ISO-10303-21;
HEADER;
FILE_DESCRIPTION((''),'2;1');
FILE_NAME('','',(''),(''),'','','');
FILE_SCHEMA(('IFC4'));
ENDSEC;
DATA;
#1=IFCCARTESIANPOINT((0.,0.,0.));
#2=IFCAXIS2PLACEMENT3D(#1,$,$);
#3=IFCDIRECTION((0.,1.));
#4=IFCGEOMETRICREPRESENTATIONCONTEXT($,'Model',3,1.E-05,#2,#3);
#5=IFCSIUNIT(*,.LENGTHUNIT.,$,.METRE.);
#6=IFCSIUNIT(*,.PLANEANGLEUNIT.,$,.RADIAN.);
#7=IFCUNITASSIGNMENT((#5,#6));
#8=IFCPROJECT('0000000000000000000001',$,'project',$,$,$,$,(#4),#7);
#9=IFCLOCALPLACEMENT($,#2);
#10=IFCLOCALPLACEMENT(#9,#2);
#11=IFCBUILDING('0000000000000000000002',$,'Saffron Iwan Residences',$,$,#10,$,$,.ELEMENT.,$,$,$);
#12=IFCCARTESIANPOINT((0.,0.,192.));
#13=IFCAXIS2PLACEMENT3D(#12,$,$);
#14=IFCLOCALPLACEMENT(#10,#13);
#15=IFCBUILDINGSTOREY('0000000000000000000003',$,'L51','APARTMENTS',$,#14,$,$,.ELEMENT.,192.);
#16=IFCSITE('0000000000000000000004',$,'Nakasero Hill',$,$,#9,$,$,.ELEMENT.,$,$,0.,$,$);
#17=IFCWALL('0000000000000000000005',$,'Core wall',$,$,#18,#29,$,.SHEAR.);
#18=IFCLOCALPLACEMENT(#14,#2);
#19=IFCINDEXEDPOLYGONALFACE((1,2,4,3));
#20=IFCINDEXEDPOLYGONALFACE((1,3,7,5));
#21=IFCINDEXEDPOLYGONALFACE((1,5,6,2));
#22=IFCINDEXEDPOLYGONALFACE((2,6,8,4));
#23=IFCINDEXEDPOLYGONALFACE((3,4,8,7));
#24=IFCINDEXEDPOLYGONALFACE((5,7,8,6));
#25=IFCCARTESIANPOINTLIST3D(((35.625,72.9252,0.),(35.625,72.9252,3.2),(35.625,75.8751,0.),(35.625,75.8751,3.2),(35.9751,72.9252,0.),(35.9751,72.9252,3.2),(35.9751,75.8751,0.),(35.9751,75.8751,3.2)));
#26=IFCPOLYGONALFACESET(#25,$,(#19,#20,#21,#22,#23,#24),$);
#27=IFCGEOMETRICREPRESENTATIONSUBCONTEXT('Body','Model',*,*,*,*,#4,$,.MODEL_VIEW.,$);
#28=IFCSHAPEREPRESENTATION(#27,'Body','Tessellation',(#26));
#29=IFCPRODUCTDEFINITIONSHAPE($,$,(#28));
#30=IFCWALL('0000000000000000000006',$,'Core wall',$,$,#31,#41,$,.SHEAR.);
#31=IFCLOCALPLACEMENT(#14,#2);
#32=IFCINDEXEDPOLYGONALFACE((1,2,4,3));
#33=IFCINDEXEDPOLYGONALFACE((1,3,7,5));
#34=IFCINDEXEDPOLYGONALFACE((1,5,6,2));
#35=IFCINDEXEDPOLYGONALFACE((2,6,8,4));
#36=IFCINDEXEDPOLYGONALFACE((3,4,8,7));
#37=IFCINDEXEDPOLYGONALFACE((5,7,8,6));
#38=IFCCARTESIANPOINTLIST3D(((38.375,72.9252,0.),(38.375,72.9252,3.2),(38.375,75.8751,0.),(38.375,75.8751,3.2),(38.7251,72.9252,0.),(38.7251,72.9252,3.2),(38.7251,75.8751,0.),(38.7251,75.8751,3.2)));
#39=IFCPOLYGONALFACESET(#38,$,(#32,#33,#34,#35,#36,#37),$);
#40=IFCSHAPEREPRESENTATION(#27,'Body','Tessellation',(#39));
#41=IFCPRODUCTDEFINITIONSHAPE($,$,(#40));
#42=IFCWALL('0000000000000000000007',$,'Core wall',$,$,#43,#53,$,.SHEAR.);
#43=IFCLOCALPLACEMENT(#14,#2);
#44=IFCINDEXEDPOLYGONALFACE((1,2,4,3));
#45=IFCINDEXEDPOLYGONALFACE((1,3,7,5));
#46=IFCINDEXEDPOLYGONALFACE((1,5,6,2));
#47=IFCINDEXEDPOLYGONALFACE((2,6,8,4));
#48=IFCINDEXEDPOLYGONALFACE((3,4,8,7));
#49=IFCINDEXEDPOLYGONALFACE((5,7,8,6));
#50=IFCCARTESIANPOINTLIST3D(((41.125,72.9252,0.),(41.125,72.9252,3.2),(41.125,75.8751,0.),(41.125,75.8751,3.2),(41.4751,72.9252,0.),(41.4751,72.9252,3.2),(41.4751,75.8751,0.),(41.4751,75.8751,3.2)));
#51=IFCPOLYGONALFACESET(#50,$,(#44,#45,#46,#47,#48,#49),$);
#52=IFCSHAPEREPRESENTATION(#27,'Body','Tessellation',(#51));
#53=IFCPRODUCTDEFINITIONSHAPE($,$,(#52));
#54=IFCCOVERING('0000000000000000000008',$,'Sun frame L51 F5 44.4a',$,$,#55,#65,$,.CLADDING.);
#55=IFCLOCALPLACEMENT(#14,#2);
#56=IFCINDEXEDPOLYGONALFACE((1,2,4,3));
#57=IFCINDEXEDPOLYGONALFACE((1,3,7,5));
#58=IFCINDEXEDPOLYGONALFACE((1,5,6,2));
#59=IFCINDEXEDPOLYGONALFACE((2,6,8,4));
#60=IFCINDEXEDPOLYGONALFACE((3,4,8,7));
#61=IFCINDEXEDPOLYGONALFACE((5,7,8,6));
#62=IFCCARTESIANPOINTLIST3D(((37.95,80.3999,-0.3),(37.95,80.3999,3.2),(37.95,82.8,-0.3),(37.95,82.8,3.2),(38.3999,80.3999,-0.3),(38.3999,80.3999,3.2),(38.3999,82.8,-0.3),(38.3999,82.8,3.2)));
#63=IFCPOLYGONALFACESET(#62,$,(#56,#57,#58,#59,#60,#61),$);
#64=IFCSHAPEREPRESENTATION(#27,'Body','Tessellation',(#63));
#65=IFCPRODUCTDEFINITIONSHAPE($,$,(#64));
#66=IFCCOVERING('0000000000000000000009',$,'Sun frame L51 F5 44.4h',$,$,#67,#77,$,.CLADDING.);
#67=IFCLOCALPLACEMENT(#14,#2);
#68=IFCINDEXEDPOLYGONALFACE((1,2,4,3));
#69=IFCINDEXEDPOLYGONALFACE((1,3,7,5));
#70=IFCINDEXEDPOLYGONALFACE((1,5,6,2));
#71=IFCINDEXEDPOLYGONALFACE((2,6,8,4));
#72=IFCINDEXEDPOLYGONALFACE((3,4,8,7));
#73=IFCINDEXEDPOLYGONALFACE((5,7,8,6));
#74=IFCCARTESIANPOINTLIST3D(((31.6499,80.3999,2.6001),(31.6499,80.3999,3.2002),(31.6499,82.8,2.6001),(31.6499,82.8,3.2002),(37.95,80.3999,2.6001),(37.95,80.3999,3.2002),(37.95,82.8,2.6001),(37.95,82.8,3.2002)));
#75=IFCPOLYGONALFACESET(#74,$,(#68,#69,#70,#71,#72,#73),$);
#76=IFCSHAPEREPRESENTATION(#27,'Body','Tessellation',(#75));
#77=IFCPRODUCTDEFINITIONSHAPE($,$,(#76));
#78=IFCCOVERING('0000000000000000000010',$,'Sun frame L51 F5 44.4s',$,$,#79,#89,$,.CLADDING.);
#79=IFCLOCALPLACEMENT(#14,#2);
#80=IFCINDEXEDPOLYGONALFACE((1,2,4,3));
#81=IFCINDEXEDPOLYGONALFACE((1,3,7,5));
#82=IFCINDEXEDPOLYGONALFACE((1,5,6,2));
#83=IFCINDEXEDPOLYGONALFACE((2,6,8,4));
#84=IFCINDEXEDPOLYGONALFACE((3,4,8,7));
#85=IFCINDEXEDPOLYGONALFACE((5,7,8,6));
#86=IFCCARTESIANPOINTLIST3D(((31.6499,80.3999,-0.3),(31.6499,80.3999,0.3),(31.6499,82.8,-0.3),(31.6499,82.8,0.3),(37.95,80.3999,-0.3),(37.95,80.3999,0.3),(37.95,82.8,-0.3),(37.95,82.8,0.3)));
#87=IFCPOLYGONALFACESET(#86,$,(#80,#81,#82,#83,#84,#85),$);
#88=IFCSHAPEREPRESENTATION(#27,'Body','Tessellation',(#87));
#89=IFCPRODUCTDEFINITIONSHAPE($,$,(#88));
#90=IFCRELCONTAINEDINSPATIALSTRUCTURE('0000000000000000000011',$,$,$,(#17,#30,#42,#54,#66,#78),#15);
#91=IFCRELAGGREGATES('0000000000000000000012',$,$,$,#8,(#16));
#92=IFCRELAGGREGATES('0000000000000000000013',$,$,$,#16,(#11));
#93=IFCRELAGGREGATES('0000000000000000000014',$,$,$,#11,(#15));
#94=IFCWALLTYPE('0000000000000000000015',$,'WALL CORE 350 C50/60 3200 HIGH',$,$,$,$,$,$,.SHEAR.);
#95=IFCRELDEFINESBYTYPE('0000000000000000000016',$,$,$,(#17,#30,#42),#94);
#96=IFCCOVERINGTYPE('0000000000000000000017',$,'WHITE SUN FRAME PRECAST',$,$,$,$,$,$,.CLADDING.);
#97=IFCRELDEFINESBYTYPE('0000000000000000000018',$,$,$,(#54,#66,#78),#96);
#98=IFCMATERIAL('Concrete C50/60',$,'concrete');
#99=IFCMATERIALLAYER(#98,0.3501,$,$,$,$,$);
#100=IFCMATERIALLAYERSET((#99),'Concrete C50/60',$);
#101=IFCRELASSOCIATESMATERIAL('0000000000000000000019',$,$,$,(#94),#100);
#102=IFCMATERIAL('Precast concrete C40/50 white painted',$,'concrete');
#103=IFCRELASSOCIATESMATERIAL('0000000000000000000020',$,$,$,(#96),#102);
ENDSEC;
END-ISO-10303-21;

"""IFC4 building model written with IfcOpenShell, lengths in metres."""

from ifc_helpers import new_model, si_unit, direction, frame, frame_2d, origin, place, context, subcontext, project, spatial, polyline, rectangle, outline, extrude, material, layer, layer_set, type_object, element, save


model = new_model("IFC4")

# Units and contexts
model_context = context("Model", 3, precision=1e-05, world=origin(), true_north=direction((0.0, 1.0)))
body_context = subcontext(model_context, "Body", "Model", "MODEL_VIEW")
ifc_project = project(units=[si_unit("LENGTHUNIT", "METRE"), si_unit("PLANEANGLEUNIT", "RADIAN")], contexts=[model_context])

# Site, building, storey
site_placement = place(None, origin())
site = spatial("IfcSite", under=ifc_project, at=site_placement, Name="Nakasero Hill", CompositionType="ELEMENT", RefElevation=0.0)
building_placement = place(site_placement, origin())
building = spatial("IfcBuilding", under=site, at=building_placement, Name="Saffron Iwan Residences", CompositionType="ELEMENT")
storey_placement = place(building_placement, frame((0.0, 0.0, 192.0)))
storey = spatial("IfcBuildingStorey", under=building, at=storey_placement, Name="L51", Description="APARTMENTS", CompositionType="ELEMENT", Elevation=192.0)

# Shared definitions
ifc_material_1 = material(Name="Concrete C50/60", Category="concrete")

# Shared definitions
ifc_layer_1 = layer(ifc_material_1, 0.3501)
ifc_layer_set_1 = layer_set([ifc_layer_1], Name="Concrete C50/60")
wall_type_1 = type_object("IfcWallType", Name="WALL CORE 350 C50/60 3200 HIGH", PredefinedType="SHEAR", material=ifc_layer_set_1)

# Walls
for number, where, z_axis, x_axis, name in (
    (1, (35.8, 72.925, 0.0), (0.0, 0.0, 1.0), (0.0, 1.0, 0.0), "Core wall"),
    (2, (38.55, 72.925, 0.0), (0.0, 0.0, 1.0), (0.0, 1.0, 0.0), "Core wall"),
    (3, (41.3, 72.925, 0.0), (0.0, 0.0, 1.0), (0.0, 1.0, 0.0), "Core wall"),
):
    element("IfcWall", number, at=place(storey_placement, frame(where, z_axis=z_axis, x_axis=x_axis)), inside=storey, type_object=wall_type_1, Name=name, PredefinedType="SHEAR", context=body_context, shape_type="SweptSolid", body=[
        extrude(rectangle(XDim=2.95, YDim=0.3501, at=frame_2d((1.4751, 0.0))), origin(), (0.0, 0.0, 1.0), 3.2),
    ])

# Coverings
ifc_material_2 = material(Name="Precast concrete C40/50 white painted", Category="concrete")
covering_type = type_object("IfcCoveringType", Name="WHITE SUN FRAME PRECAST", PredefinedType="CLADDING", material=ifc_material_2)
covering_placement = place(storey_placement, frame((38.3999, 80.3999, -0.3), z_axis=(0.0, 1.0, 0.0), x_axis=(-1.0, 0.0, 0.0)))
element("IfcCovering", 4, at=covering_placement, inside=storey, type_object=covering_type, Name="Sun frame L51 F5 44.4a", PredefinedType="CLADDING", context=body_context, shape_type="SweptSolid", body=[
    extrude(outline(polyline([(0.0, 0.0), (0.45, 0.0), (0.45, 3.5), (0.0, 3.5), (0.0, 0.0)])), origin(), (0.0, 0.0, 1.0), 2.4001),
])
for number, where, z_axis, x_axis, name in (
    (5, (37.95, 80.3999, 2.6001), (0.0, 1.0, 0.0), (-1.0, 0.0, 0.0), "Sun frame L51 F5 44.4h"),
    (6, (37.95, 80.3999, -0.3), (0.0, 1.0, 0.0), (-1.0, 0.0, 0.0), "Sun frame L51 F5 44.4s"),
):
    element("IfcCovering", number, at=place(storey_placement, frame(where, z_axis=z_axis, x_axis=x_axis)), inside=storey, type_object=covering_type, Name=name, PredefinedType="CLADDING", context=body_context, shape_type="SweptSolid", body=[
        extrude(outline(polyline([(0.0, 0.0), (6.3, 0.0), (6.3, 0.6001), (0.0, 0.6001), (0.0, 0.0)])), origin(), (0.0, 0.0, 1.0), 2.4001),
    ])

save(model, "model.ifc")
